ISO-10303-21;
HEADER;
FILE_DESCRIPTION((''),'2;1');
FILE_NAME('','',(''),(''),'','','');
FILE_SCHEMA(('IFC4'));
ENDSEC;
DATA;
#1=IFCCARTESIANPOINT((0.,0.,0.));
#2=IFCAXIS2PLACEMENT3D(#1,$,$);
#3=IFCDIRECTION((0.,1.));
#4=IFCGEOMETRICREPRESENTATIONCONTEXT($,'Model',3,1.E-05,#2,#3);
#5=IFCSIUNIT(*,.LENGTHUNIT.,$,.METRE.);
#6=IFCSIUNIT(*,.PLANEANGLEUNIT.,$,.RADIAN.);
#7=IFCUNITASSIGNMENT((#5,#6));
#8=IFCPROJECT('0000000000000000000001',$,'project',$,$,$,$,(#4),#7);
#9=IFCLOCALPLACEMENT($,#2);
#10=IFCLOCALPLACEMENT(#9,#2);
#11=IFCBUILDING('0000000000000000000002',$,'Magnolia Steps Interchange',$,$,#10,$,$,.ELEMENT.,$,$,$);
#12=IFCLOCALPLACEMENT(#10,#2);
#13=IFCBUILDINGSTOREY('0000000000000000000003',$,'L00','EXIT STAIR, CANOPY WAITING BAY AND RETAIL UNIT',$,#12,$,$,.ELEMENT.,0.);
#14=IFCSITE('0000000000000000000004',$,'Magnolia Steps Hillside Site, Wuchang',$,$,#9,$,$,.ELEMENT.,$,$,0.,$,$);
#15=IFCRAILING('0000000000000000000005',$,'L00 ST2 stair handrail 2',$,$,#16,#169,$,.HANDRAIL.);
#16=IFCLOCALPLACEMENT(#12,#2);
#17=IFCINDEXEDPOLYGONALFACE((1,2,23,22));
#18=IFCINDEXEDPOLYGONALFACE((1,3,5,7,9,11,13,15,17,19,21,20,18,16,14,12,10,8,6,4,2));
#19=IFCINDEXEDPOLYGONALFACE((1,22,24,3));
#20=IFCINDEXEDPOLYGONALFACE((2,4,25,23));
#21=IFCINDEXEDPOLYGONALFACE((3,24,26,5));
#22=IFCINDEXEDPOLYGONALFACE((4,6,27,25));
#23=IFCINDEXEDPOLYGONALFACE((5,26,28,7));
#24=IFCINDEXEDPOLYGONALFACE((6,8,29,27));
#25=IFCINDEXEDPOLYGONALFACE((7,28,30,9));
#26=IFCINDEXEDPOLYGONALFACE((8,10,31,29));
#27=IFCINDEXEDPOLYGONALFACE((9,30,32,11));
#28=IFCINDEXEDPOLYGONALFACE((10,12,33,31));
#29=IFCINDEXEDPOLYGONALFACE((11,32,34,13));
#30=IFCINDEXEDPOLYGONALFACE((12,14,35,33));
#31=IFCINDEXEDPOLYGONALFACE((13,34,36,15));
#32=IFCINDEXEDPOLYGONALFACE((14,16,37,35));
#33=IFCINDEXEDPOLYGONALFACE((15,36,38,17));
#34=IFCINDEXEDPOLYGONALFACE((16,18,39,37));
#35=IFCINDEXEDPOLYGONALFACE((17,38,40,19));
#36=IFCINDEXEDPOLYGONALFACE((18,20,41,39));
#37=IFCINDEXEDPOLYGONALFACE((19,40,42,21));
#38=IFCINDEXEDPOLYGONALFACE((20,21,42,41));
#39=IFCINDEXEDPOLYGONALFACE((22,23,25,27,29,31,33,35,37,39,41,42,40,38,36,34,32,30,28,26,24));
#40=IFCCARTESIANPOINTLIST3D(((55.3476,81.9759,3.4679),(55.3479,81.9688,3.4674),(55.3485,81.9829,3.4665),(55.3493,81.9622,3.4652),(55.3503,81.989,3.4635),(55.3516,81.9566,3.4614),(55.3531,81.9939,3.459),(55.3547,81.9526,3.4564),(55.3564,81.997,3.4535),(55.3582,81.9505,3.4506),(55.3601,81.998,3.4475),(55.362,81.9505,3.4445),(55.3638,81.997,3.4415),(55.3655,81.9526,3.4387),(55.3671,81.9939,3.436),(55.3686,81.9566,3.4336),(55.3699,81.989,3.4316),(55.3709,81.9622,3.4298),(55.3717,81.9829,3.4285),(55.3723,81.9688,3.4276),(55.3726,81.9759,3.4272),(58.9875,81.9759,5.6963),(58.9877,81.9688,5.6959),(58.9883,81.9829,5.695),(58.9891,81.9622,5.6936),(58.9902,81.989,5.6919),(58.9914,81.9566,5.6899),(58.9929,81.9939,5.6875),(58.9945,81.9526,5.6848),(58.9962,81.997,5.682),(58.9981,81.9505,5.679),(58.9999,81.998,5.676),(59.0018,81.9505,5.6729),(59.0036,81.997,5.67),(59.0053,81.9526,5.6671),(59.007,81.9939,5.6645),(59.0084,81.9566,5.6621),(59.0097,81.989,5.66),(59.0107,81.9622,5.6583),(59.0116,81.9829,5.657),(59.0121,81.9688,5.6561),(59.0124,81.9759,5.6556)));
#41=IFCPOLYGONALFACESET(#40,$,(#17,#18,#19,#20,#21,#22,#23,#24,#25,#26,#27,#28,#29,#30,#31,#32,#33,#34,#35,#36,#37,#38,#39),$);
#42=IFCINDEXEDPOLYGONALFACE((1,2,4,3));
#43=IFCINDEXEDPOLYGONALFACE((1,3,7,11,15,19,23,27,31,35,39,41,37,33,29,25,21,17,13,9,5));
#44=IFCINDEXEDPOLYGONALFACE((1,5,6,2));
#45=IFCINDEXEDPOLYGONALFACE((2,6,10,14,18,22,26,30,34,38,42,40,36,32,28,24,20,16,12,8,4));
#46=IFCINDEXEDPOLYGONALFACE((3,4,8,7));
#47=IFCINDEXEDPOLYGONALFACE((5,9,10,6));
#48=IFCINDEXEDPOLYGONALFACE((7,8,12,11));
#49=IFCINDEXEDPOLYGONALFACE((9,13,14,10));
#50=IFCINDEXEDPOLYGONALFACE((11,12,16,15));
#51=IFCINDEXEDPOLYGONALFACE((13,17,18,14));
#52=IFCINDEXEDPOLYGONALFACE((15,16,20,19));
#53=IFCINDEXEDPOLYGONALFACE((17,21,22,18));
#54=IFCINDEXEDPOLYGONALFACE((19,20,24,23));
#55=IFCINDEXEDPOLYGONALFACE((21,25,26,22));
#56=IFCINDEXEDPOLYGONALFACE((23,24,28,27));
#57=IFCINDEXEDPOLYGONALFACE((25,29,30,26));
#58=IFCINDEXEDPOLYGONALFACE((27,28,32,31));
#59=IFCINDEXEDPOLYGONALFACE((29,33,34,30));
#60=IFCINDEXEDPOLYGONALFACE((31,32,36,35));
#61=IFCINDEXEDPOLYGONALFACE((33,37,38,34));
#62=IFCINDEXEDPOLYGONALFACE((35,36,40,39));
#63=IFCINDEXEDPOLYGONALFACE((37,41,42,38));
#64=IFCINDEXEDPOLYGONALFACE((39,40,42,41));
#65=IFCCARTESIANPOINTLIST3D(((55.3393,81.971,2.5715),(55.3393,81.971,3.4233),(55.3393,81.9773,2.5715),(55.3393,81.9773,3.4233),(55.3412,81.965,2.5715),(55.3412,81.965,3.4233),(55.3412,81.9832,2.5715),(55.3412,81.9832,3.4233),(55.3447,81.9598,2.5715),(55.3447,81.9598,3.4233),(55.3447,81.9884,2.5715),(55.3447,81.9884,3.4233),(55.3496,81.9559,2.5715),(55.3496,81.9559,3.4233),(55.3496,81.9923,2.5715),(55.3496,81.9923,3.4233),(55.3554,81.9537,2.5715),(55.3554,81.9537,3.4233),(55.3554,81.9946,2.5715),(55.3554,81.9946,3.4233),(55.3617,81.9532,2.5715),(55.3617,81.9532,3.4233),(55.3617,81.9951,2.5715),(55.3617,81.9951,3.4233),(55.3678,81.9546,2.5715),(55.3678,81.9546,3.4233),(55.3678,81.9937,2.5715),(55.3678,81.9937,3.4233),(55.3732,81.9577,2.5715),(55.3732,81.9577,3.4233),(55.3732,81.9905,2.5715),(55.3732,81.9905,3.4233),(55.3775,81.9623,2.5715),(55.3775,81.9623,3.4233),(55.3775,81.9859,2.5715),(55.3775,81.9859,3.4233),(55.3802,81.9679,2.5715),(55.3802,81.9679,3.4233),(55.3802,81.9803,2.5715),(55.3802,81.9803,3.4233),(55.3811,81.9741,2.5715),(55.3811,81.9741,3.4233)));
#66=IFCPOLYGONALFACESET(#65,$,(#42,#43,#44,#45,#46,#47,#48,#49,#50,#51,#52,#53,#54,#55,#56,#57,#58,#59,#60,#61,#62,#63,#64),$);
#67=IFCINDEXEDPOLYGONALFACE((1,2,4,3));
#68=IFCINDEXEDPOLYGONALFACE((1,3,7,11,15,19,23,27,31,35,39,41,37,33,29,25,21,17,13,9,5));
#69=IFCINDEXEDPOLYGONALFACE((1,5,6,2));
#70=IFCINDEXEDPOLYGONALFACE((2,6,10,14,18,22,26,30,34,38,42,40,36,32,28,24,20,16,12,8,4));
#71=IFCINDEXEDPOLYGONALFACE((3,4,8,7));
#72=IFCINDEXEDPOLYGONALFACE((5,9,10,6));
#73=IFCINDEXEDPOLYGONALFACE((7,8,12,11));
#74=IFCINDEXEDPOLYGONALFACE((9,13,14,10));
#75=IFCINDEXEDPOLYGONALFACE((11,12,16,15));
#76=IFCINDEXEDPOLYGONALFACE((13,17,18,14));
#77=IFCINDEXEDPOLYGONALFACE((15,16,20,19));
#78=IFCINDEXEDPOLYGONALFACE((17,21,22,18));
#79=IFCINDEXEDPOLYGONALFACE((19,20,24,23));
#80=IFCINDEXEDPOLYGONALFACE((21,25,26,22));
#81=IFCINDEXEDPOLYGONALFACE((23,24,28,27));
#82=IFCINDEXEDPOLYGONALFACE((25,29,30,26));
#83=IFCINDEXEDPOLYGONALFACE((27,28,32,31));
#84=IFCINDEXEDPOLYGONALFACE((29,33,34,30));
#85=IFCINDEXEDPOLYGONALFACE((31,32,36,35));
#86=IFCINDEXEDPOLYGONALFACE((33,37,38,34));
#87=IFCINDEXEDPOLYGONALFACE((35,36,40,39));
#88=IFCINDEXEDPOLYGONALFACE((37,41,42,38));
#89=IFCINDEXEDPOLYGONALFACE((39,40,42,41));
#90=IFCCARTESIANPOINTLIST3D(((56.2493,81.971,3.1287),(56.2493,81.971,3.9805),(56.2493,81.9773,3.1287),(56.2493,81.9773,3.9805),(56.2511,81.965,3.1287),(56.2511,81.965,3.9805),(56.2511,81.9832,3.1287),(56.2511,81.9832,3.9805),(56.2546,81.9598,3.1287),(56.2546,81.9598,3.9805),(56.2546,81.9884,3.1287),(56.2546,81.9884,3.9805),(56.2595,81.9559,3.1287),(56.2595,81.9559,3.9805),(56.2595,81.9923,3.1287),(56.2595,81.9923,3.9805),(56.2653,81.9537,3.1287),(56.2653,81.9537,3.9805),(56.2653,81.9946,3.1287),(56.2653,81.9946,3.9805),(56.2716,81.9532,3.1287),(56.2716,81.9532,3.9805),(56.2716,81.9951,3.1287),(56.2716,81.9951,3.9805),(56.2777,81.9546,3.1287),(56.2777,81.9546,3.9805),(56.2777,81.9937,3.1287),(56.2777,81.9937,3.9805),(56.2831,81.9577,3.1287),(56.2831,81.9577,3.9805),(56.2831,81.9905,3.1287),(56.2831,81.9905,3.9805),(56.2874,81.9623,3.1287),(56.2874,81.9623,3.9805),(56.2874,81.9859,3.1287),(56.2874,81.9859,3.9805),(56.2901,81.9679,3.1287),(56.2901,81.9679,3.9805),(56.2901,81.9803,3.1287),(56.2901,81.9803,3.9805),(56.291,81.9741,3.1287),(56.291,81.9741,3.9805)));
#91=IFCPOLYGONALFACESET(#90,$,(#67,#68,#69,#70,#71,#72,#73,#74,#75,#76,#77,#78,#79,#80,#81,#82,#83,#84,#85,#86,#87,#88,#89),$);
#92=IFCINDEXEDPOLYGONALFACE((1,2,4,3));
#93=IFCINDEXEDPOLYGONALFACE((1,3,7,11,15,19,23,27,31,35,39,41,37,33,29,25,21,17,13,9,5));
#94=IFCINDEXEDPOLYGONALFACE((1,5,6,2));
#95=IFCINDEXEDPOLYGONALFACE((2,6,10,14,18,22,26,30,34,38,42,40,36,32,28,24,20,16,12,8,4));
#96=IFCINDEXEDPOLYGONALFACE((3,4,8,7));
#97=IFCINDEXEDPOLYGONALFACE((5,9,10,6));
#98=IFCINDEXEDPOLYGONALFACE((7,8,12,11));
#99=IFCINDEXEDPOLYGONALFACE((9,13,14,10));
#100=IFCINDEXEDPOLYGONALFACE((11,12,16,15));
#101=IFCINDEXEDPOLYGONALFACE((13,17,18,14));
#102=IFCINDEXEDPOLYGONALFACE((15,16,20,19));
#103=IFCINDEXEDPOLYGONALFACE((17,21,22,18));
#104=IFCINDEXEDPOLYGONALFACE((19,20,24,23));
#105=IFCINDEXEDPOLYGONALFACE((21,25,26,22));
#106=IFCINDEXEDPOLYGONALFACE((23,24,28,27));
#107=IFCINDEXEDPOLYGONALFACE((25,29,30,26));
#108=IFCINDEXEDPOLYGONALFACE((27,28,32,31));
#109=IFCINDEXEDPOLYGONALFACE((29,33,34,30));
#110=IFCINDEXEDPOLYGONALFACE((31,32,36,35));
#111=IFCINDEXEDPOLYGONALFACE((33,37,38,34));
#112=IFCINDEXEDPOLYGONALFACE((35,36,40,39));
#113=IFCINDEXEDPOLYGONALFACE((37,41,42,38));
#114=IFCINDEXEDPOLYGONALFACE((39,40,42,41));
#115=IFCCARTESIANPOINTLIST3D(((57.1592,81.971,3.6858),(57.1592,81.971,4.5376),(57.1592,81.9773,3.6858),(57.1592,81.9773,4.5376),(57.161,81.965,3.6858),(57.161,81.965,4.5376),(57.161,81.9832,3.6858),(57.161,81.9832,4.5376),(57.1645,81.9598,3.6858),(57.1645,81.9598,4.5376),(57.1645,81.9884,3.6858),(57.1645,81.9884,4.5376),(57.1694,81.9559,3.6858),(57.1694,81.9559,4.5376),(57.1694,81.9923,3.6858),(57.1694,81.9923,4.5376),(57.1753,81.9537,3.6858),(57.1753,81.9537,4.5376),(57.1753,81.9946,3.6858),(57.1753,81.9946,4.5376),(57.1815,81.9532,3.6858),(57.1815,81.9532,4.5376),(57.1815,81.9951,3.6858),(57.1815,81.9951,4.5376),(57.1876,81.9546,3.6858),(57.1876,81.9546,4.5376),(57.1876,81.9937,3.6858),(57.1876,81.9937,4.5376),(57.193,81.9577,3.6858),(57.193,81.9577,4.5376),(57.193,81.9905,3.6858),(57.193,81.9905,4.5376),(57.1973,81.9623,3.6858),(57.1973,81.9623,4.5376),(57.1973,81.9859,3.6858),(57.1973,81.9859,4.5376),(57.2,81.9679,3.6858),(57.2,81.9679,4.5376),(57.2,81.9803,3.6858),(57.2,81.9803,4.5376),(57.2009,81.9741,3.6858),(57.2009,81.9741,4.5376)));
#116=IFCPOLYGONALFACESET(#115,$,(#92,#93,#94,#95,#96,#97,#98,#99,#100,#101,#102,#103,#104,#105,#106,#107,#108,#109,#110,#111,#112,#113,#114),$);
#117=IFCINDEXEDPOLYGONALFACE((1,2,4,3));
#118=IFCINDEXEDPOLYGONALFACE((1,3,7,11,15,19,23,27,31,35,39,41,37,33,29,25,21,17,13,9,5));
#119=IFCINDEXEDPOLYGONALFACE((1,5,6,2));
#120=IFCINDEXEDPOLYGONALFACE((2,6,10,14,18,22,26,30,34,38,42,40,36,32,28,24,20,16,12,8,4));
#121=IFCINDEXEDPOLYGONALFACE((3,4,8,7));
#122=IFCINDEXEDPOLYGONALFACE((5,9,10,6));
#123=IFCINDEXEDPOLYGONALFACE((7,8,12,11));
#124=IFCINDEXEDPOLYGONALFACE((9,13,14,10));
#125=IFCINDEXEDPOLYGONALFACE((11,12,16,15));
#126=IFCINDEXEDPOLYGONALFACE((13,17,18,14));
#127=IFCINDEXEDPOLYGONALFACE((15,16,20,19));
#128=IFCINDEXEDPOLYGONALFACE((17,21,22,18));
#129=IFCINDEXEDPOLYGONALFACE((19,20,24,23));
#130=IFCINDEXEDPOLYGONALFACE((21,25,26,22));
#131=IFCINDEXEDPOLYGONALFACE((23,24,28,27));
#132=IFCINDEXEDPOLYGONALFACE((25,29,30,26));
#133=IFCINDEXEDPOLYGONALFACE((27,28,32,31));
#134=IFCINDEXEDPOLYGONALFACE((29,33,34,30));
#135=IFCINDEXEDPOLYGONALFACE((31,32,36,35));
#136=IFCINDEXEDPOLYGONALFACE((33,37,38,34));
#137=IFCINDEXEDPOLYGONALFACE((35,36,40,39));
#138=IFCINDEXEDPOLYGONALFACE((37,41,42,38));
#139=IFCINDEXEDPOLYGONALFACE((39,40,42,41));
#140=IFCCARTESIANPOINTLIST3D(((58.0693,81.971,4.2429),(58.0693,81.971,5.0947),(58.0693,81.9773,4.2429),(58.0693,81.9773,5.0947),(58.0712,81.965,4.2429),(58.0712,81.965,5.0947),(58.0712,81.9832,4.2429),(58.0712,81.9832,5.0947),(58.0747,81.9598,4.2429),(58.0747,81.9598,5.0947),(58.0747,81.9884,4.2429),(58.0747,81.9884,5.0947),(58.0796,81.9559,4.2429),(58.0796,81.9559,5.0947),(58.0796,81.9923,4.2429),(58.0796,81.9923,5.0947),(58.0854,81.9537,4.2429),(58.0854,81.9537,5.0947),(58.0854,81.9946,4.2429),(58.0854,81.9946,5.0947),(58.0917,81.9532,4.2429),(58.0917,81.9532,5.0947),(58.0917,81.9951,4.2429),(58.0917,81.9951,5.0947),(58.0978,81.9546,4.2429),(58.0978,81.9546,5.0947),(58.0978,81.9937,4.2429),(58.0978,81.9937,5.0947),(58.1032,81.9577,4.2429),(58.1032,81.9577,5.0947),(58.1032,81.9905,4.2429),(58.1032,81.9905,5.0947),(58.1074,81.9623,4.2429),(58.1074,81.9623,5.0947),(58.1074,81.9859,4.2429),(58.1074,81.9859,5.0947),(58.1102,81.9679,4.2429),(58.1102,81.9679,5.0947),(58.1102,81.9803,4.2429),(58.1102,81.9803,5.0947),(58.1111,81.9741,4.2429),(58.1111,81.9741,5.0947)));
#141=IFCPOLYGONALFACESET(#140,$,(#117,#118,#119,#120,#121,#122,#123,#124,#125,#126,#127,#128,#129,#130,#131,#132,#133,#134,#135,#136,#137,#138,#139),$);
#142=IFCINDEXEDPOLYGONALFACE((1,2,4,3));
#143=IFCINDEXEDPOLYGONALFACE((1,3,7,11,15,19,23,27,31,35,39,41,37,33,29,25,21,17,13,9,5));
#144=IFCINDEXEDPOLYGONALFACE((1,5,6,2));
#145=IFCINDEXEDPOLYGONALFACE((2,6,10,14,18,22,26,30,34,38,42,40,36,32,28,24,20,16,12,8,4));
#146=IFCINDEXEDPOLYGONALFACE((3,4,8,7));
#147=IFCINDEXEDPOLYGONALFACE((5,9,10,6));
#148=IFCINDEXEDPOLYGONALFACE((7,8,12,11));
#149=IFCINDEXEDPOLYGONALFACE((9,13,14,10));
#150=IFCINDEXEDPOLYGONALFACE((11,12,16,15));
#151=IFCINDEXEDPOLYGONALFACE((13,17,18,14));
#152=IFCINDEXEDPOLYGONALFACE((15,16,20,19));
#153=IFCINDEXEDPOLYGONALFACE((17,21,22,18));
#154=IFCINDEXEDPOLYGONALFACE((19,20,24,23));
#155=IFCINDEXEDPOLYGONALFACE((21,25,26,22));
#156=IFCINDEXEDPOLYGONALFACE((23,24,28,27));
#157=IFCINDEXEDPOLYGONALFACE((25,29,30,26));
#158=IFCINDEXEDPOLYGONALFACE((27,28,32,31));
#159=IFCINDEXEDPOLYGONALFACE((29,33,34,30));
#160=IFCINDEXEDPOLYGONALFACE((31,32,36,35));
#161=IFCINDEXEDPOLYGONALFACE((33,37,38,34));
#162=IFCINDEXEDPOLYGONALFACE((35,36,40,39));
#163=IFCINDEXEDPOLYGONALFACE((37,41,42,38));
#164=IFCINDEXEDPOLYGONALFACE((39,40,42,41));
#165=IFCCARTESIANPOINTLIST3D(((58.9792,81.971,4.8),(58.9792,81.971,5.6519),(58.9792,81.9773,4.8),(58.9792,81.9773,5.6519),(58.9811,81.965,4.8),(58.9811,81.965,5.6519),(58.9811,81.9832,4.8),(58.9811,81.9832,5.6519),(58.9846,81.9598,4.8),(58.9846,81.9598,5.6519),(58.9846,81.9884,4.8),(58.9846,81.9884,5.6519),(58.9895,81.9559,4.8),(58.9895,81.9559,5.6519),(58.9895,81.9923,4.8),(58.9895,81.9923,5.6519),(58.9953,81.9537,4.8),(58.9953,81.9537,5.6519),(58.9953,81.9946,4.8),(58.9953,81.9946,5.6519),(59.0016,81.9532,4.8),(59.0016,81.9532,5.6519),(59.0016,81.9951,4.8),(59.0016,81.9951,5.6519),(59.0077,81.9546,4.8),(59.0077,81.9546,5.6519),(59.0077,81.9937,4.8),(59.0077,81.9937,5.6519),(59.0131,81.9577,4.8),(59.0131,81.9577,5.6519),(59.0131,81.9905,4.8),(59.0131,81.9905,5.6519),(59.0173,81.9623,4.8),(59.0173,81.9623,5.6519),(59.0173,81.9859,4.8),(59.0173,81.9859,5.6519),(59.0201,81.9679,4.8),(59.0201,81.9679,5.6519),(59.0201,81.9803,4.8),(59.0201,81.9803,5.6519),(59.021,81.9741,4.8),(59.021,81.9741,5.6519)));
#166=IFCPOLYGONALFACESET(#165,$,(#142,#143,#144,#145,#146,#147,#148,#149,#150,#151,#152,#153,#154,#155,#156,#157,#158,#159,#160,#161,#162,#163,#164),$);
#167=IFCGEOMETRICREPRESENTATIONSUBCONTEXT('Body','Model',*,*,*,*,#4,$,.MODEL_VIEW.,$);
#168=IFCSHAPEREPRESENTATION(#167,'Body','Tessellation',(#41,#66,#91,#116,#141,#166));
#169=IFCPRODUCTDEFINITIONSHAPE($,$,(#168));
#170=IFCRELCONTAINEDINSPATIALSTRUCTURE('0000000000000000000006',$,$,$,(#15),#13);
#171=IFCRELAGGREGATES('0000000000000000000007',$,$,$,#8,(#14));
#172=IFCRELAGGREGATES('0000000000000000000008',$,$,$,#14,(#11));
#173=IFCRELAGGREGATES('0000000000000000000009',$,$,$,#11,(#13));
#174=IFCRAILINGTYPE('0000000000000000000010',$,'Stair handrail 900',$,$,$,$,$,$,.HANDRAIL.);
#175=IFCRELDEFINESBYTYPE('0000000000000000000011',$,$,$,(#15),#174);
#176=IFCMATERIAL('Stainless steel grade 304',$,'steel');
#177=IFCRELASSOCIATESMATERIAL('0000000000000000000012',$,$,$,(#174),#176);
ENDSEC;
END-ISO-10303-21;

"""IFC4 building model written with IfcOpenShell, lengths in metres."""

from ifc_helpers import new_model, si_unit, direction, frame, origin, origin_2d, place, context, subcontext, project, spatial, circle, extrude, material, type_object, element, save


model = new_model("IFC4")

# Units and contexts
model_context = context("Model", 3, precision=1e-05, world=origin(), true_north=direction((0.0, 1.0)))
body_context = subcontext(model_context, "Body", "Model", "MODEL_VIEW")
ifc_project = project(units=[si_unit("LENGTHUNIT", "METRE"), si_unit("PLANEANGLEUNIT", "RADIAN")], contexts=[model_context])

# Site, building, storey
site_placement = place(None, origin())
site = spatial("IfcSite", under=ifc_project, at=site_placement, Name="Magnolia Steps Hillside Site, Wuchang", CompositionType="ELEMENT", RefElevation=0.0)
building_placement = place(site_placement, origin())
building = spatial("IfcBuilding", under=site, at=building_placement, Name="Magnolia Steps Interchange", CompositionType="ELEMENT")
storey_placement = place(building_placement, origin())
storey = spatial("IfcBuildingStorey", under=building, at=storey_placement, Name="L00", Description="EXIT STAIR, CANOPY WAITING BAY AND RETAIL UNIT", CompositionType="ELEMENT", Elevation=0.0)

# Railing
ifc_material_1 = material(Name="Stainless steel grade 304", Category="steel")
railing_type_1 = type_object("IfcRailingType", Name="Stair handrail 900", PredefinedType="HANDRAIL", material=ifc_material_1)
railing_1_placement = place(storey_placement, frame((55.3601, 81.9741, 2.5715)))
element("IfcRailing", 1, at=railing_1_placement, inside=storey, type_object=railing_type_1, Name="L00 ST2 stair handrail 2", PredefinedType="HANDRAIL", context=body_context, shape_type="SweptSolid", body=[
    extrude(circle(Radius=0.0239, at=origin_2d()), frame((0.0, 0.0, 0.876), z_axis=(0.85285, 0.0, 0.522156), x_axis=(0.0, 1.0, 0.0)), (0.0, 0.0, 1.0), 4.2678),
    extrude(circle(Radius=0.021, at=origin_2d()), origin(), (0.0, 0.0, 1.0), 0.8518),
    extrude(circle(Radius=0.021, at=origin_2d()), frame((0.9099, 0.0, 0.5571)), (0.0, 0.0, 1.0), 0.8518),
    extrude(circle(Radius=0.021, at=origin_2d()), frame((1.8198, 0.0, 1.1143)), (0.0, 0.0, 1.0), 0.8518),
    extrude(circle(Radius=0.021, at=origin_2d()), frame((2.73, 0.0, 1.6714)), (0.0, 0.0, 1.0), 0.8518),
    extrude(circle(Radius=0.021, at=origin_2d()), frame((3.6399, 0.0, 2.2285)), (0.0, 0.0, 1.0), 0.8518),
])

save(model, "model.ifc")
